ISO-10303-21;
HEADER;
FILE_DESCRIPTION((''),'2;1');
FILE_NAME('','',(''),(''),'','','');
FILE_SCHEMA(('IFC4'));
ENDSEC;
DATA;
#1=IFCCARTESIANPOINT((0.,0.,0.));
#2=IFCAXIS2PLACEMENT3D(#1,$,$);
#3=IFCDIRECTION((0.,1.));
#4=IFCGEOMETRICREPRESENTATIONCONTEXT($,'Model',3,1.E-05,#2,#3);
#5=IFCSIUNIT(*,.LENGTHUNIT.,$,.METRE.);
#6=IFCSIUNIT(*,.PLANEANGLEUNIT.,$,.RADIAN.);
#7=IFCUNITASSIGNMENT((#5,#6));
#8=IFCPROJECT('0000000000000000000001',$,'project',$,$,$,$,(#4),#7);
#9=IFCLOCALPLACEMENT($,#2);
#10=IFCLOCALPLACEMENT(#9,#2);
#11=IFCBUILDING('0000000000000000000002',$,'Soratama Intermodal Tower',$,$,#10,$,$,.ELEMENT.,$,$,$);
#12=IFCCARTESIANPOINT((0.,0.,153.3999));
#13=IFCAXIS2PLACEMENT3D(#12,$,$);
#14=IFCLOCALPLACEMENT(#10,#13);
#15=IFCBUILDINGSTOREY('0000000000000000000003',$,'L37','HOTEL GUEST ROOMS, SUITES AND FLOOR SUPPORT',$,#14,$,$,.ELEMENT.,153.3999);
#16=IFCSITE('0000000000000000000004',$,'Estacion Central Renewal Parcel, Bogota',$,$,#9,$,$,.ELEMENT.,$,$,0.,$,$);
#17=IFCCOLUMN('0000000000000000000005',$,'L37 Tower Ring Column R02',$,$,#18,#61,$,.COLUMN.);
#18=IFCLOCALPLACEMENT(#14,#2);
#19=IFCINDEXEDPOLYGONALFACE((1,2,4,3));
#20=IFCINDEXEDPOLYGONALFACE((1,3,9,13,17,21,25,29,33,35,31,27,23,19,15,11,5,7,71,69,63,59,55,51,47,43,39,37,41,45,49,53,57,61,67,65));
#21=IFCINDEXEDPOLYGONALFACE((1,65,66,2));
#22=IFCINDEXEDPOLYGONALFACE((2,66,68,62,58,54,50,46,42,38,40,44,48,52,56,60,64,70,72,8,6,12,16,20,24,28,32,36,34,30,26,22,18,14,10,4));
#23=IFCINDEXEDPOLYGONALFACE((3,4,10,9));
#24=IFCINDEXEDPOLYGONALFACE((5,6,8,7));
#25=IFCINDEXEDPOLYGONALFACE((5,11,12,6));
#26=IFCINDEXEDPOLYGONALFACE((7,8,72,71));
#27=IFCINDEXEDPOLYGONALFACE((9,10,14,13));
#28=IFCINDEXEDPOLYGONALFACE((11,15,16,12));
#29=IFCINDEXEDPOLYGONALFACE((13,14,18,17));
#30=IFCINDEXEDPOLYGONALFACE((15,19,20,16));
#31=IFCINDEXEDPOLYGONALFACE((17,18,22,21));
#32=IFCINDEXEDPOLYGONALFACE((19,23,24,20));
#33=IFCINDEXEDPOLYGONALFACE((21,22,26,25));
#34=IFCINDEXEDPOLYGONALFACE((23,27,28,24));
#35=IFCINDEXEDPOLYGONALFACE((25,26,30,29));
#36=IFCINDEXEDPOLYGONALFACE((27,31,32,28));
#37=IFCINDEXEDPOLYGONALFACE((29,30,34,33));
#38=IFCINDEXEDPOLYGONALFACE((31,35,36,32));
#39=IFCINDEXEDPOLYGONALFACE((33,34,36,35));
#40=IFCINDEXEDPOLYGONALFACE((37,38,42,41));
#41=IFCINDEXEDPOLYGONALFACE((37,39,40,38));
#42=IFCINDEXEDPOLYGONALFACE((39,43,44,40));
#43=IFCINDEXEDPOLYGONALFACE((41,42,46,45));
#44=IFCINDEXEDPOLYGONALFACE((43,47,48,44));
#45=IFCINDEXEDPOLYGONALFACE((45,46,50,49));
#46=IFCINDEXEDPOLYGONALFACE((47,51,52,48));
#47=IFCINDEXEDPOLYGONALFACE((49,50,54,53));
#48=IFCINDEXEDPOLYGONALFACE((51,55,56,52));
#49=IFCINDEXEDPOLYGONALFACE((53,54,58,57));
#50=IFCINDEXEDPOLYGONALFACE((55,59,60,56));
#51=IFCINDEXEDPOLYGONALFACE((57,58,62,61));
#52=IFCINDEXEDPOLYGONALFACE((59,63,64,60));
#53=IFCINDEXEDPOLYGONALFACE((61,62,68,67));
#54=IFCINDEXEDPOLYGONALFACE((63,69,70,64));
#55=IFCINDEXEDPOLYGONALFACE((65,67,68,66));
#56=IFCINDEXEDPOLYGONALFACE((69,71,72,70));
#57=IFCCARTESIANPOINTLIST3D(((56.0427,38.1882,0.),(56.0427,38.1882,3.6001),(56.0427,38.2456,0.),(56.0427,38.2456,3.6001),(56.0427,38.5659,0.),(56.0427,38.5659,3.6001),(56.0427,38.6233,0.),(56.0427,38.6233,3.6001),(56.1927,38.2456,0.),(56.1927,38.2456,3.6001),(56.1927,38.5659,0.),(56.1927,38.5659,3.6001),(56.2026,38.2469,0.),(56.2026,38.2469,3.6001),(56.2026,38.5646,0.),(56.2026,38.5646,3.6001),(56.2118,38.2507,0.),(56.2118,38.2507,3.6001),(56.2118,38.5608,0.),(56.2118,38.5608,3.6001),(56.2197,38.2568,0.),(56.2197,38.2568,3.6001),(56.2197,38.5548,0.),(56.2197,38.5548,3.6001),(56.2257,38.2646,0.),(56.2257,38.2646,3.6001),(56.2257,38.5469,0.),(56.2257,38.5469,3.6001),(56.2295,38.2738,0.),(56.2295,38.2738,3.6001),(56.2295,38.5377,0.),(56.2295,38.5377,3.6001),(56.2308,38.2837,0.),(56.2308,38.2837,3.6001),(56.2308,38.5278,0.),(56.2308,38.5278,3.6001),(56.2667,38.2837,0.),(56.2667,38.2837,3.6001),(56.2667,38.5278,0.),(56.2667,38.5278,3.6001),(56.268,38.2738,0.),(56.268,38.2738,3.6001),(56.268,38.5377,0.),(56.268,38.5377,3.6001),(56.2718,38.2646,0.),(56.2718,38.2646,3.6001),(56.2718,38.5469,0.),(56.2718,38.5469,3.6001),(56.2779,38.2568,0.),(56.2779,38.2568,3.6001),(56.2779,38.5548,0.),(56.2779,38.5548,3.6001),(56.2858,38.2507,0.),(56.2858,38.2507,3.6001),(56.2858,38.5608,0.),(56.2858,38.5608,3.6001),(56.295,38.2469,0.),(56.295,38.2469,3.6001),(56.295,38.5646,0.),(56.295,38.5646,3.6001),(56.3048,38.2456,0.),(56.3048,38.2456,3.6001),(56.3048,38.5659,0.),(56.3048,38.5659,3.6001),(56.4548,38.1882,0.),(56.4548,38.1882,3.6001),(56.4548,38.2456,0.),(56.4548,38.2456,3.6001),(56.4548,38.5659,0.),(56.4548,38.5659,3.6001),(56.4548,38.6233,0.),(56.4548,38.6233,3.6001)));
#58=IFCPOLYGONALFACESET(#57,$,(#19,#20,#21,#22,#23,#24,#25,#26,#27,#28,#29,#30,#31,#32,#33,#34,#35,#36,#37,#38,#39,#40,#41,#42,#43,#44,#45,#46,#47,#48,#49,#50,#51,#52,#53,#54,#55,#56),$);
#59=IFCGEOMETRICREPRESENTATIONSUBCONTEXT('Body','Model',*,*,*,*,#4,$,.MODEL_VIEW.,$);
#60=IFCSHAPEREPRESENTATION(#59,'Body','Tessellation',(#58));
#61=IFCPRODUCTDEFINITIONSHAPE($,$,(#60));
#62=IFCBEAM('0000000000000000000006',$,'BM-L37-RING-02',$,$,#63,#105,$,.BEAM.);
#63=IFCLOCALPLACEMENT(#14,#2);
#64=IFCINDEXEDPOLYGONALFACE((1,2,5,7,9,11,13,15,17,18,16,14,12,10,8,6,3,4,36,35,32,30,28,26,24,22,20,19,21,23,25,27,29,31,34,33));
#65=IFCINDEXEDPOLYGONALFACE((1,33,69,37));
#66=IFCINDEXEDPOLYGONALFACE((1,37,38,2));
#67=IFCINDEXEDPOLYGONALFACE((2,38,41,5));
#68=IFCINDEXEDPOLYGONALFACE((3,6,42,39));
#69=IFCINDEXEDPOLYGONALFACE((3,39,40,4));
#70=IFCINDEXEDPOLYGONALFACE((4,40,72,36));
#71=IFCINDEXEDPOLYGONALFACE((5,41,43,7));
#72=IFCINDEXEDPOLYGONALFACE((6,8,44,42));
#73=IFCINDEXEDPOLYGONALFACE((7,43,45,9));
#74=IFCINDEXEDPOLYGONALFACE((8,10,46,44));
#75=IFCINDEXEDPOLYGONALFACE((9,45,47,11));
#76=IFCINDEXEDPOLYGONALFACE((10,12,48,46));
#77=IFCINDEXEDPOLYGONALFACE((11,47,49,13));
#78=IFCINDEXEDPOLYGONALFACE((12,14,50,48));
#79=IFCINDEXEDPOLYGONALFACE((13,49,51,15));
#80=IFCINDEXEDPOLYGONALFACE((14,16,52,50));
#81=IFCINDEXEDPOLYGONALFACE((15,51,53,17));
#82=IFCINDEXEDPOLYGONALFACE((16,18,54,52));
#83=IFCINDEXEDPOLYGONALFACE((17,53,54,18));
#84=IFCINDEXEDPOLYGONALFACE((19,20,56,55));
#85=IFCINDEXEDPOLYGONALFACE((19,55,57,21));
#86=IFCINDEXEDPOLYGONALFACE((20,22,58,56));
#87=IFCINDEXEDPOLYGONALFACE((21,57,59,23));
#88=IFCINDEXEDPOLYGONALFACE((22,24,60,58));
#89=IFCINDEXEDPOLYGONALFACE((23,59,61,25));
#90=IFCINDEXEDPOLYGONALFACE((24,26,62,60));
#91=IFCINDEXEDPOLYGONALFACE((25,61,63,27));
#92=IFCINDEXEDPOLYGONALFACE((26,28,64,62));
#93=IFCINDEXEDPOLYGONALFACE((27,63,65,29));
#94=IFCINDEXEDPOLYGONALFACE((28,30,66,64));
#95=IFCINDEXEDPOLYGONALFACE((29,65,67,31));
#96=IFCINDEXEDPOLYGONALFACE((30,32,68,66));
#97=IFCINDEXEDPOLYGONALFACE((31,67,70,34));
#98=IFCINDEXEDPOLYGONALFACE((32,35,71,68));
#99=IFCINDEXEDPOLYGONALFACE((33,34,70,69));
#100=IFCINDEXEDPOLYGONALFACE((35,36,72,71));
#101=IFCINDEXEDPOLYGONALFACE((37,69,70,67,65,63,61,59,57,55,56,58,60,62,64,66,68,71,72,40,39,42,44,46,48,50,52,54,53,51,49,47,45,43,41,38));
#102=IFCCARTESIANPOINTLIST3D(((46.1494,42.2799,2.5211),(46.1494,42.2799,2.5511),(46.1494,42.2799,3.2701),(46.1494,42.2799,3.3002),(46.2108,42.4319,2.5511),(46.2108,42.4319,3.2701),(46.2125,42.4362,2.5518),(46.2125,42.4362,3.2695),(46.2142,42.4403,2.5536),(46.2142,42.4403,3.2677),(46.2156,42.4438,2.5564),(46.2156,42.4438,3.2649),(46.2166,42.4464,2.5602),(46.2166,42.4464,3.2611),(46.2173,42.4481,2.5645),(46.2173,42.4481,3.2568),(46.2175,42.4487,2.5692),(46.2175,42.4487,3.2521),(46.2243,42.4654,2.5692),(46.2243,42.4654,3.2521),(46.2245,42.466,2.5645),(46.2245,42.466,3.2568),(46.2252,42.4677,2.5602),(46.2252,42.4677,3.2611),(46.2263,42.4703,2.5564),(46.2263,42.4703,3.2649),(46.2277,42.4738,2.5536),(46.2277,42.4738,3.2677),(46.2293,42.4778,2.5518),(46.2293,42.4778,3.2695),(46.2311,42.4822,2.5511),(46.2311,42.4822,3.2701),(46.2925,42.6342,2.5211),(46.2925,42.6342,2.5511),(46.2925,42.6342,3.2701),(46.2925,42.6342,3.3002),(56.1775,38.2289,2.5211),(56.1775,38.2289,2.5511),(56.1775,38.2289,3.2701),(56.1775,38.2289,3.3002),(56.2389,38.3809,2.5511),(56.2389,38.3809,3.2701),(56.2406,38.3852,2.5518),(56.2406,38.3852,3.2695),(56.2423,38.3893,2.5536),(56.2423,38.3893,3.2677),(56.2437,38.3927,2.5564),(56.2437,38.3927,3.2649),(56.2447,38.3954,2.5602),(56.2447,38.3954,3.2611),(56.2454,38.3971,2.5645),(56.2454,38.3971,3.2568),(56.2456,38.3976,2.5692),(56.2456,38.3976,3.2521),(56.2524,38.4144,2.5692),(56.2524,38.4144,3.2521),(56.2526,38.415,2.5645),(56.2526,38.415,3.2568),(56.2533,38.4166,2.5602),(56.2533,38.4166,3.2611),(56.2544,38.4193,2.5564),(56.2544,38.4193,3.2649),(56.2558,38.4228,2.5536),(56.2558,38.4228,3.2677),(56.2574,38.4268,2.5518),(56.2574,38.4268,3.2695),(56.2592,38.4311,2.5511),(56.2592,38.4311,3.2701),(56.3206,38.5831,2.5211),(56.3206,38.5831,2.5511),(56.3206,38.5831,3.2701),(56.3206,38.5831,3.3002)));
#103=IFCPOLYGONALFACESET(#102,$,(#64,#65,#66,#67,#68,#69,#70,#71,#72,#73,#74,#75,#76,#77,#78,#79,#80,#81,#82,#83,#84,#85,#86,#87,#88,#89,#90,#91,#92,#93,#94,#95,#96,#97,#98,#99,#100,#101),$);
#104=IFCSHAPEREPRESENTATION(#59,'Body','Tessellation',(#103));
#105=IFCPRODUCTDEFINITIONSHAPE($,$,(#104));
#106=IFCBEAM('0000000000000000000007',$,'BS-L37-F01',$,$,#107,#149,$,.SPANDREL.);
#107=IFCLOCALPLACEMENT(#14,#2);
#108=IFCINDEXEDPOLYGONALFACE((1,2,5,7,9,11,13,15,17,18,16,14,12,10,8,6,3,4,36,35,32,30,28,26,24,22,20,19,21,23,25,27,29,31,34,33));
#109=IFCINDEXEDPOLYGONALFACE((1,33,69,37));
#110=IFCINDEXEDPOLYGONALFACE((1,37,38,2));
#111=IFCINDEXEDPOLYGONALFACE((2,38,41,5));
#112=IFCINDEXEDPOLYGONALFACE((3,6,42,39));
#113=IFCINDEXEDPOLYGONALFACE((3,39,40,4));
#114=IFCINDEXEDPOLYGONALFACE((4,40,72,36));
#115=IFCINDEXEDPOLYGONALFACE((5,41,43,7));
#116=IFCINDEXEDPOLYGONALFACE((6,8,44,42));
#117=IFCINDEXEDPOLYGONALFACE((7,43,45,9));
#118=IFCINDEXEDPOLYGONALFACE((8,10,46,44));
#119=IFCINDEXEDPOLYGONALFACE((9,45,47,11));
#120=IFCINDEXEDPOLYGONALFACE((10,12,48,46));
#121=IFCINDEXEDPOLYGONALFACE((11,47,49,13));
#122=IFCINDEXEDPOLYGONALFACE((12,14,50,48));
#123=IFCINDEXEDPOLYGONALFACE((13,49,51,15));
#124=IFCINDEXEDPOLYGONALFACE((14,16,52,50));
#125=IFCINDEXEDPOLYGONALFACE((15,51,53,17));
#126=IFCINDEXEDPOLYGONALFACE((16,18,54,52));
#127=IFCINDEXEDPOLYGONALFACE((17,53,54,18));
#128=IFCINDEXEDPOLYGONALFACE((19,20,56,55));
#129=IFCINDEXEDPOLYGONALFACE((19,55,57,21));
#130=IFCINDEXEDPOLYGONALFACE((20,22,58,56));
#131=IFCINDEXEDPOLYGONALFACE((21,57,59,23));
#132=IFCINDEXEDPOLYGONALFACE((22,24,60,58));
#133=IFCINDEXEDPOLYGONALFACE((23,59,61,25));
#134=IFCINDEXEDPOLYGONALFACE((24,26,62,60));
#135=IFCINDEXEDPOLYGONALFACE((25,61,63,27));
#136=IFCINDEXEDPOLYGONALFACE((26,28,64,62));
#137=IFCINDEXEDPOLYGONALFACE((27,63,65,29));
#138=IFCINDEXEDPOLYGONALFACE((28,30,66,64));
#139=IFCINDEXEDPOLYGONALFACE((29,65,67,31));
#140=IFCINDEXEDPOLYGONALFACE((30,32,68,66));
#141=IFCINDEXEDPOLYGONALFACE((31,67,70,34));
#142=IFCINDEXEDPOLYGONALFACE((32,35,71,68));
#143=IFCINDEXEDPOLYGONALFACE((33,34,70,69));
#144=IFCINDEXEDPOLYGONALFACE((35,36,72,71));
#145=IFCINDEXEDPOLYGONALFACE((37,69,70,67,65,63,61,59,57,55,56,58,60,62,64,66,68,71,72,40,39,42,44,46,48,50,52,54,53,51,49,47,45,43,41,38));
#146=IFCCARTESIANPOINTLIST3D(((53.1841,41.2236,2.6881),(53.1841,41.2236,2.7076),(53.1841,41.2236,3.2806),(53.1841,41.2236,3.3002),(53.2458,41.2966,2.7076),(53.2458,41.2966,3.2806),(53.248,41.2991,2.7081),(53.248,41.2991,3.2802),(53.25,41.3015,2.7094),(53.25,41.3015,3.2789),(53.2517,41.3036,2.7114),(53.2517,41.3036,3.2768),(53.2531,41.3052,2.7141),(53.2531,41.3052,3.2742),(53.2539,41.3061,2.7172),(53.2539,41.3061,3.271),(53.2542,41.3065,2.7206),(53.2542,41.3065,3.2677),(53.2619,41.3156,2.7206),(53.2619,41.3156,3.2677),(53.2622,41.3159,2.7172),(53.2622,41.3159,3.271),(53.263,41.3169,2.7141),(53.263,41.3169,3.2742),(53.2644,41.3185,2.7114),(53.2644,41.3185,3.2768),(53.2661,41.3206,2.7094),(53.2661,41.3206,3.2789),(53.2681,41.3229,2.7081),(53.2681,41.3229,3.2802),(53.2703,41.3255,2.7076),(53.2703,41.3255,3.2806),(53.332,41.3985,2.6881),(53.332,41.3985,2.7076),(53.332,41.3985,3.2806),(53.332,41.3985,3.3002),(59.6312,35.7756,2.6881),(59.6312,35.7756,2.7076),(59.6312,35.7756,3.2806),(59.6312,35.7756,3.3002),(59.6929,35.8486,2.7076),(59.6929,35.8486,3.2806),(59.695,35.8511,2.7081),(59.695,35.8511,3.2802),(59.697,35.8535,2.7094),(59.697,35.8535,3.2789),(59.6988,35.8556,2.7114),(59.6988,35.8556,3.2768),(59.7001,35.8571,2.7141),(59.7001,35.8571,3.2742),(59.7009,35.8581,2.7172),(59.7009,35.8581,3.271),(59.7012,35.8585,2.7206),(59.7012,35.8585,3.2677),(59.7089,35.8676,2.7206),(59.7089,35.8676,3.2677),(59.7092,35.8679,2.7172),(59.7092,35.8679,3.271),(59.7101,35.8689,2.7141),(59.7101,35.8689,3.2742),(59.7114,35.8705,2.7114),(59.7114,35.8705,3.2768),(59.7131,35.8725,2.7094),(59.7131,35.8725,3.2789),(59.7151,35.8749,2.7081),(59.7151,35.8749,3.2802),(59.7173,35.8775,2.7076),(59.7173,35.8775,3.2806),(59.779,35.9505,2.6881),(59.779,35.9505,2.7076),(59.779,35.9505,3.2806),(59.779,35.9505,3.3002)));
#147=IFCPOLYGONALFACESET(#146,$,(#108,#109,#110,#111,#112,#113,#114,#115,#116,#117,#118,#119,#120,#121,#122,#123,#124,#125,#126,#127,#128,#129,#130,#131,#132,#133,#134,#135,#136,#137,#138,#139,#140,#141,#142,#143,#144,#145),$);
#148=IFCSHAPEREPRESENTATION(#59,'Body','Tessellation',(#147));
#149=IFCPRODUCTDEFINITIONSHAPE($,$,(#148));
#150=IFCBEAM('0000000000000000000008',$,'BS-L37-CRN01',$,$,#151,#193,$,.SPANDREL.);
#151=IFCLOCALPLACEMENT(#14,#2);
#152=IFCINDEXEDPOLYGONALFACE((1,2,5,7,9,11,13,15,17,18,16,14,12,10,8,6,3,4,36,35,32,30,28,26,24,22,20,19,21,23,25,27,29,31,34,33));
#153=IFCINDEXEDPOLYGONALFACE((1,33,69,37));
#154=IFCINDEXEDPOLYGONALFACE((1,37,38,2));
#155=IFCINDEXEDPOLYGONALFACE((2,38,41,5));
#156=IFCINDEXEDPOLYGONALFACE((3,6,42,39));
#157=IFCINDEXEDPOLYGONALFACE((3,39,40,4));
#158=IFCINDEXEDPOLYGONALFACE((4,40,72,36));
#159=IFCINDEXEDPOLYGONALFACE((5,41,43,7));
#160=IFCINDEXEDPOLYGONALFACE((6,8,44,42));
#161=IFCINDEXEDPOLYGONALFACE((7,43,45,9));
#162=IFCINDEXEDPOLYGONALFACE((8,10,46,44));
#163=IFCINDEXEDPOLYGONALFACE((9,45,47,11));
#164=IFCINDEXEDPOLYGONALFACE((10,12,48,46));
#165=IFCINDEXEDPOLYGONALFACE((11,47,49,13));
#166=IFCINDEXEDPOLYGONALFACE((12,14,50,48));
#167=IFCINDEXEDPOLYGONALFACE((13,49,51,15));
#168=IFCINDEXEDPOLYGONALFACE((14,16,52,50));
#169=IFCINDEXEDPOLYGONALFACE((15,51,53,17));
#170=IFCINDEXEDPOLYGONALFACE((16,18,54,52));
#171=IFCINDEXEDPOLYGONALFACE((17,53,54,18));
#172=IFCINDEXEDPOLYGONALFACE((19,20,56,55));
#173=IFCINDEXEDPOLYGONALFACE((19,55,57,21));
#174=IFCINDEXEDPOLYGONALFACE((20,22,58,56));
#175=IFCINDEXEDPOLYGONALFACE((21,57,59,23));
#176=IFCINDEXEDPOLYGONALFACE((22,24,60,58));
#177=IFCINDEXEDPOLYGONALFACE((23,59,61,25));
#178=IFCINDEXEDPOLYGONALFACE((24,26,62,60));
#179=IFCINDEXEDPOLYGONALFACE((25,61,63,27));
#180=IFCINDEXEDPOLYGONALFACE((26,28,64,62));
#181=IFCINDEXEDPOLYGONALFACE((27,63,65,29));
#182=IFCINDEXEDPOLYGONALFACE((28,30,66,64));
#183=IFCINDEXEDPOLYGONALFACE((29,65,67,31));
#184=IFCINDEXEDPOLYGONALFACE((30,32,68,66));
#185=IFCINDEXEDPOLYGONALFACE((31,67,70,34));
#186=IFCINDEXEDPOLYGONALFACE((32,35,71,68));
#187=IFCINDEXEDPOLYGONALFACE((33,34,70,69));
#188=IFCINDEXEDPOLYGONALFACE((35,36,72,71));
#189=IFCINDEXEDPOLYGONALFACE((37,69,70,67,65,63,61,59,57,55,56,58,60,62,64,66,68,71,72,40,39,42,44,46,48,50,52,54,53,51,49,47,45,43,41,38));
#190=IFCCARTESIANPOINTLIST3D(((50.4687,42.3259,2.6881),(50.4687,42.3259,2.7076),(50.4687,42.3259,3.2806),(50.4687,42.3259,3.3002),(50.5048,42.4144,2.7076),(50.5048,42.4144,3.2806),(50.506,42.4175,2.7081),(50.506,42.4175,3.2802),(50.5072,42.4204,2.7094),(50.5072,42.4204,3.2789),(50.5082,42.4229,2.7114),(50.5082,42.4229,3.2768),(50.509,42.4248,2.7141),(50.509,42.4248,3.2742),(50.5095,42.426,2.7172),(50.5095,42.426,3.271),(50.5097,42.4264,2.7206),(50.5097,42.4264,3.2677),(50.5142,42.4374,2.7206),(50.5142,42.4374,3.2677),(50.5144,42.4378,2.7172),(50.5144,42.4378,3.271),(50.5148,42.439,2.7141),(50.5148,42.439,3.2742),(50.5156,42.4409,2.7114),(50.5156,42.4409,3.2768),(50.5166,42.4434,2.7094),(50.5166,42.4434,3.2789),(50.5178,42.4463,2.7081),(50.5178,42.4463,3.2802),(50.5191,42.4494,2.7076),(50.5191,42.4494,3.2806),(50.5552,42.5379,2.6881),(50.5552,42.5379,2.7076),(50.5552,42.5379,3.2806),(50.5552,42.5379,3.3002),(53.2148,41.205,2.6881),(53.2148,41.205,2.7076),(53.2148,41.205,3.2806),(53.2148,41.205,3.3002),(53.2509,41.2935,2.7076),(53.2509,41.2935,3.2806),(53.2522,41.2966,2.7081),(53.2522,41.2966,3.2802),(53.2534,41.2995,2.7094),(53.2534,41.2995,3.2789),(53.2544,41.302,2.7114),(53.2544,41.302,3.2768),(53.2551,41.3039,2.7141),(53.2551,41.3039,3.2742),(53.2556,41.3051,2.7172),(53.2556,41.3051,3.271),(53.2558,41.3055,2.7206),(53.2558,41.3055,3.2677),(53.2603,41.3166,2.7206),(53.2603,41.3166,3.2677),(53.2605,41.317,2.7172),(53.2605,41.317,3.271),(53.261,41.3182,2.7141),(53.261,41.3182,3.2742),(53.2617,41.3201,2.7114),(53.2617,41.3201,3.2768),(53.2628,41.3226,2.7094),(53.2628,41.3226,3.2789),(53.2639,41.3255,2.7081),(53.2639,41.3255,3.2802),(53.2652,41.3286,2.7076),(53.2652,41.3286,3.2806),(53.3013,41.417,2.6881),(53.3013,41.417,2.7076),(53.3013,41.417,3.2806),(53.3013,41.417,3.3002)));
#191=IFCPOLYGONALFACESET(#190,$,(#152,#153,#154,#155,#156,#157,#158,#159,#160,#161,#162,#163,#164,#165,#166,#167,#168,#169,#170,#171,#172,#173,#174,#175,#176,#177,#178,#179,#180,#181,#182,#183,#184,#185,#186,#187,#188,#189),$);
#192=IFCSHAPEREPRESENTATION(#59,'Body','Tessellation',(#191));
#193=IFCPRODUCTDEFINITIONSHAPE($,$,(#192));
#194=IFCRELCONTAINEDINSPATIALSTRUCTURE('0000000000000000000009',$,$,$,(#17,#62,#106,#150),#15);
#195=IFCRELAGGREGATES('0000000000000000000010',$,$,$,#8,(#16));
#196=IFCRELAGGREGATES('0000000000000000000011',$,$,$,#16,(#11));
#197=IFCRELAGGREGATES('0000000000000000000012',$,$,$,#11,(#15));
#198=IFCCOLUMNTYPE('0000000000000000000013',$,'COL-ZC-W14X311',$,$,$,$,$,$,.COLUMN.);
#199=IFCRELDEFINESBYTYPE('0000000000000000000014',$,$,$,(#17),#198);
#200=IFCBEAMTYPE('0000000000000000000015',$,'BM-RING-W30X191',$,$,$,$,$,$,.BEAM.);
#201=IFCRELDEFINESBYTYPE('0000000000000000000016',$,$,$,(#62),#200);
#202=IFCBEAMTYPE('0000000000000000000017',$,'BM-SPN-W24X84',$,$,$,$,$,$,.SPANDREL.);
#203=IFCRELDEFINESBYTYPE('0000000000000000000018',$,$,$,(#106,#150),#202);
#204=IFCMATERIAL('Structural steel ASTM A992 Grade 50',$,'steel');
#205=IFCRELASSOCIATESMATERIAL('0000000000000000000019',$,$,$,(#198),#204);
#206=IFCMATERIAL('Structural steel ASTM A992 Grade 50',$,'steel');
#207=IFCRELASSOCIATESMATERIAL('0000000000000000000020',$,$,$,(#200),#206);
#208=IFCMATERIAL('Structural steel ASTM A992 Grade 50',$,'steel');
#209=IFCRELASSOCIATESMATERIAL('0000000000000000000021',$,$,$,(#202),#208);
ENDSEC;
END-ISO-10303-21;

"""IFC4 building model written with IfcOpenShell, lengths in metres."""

from ifc_helpers import new_model, si_unit, direction, frame, origin, origin_2d, place, context, subcontext, project, spatial, i_section, extrude, material, material_profile, profile_set, type_object, element, save


model = new_model("IFC4")

# Units and contexts
model_context = context("Model", 3, precision=1e-05, world=origin(), true_north=direction((0.0, 1.0)))
body_context = subcontext(model_context, "Body", "Model", "MODEL_VIEW")
ifc_project = project(units=[si_unit("LENGTHUNIT", "METRE"), si_unit("PLANEANGLEUNIT", "RADIAN")], contexts=[model_context])

# Site, building, storey
site_placement = place(None, origin())
site = spatial("IfcSite", under=ifc_project, at=site_placement, Name="Estacion Central Renewal Parcel, Bogota", CompositionType="ELEMENT", RefElevation=0.0)
building_placement = place(site_placement, origin())
building = spatial("IfcBuilding", under=site, at=building_placement, Name="Soratama Intermodal Tower", CompositionType="ELEMENT")
storey_placement = place(building_placement, frame((0.0, 0.0, 153.3999)))
storey = spatial("IfcBuildingStorey", under=building, at=storey_placement, Name="L37", Description="HOTEL GUEST ROOMS, SUITES AND FLOOR SUPPORT", CompositionType="ELEMENT", Elevation=153.3999)

# Column
ifc_material_1 = material(Name="Structural steel ASTM A992 Grade 50", Category="steel")
ifc_material_profile_1 = material_profile(ifc_material_1, i_section(OverallWidth=0.4121, OverallDepth=0.4351, WebThickness=0.0359, FlangeThickness=0.0574, FilletRadius=0.0381, at=origin_2d()), Name="W14X311")
ifc_profile_set_1 = profile_set([ifc_material_profile_1], Name="Structural steel ASTM A992 Grade 50")
column_type = type_object("IfcColumnType", Name="COL-ZC-W14X311", PredefinedType="COLUMN", material=ifc_profile_set_1)
column_placement = place(storey_placement, frame((56.2488, 38.4058, 0.0), z_axis=(0.0, 0.0, 1.0), x_axis=(1.0, 0.0, 0.0)))
element("IfcColumn", 1, at=column_placement, inside=storey, type_object=column_type, Name="L37 Tower Ring Column R02", PredefinedType="COLUMN", context=body_context, shape_type="SweptSolid", body=[
    extrude(i_section(OverallWidth=0.4121, OverallDepth=0.4351, WebThickness=0.0359, FlangeThickness=0.0574, FilletRadius=0.0381, at=origin_2d()), origin(), (0.0, 0.0, 1.0), 3.6001),
])

# Beams
ifc_material_2 = material(Name="Structural steel ASTM A992 Grade 50", Category="steel")
ifc_material_profile_2 = material_profile(ifc_material_2, i_section(OverallWidth=0.3821, OverallDepth=0.7791, WebThickness=0.0181, FlangeThickness=0.03, FilletRadius=0.0181, at=origin_2d()), Name="W30X191")
ifc_profile_set_2 = profile_set([ifc_material_profile_2], Name="Structural steel ASTM A992 Grade 50")
beam_type_1 = type_object("IfcBeamType", Name="BM-RING-W30X191", PredefinedType="BEAM", material=ifc_profile_set_2)
beam_1_placement = place(storey_placement, frame((56.249, 38.406, 2.9106), z_axis=(-0.927202, 0.37456, 0.0), x_axis=(-0.37456, -0.927202, 0.0)))
element("IfcBeam", 2, at=beam_1_placement, inside=storey, type_object=beam_type_1, Name="BM-L37-RING-02", PredefinedType="BEAM", context=body_context, shape_type="SweptSolid", body=[
    extrude(i_section(OverallWidth=0.3821, OverallDepth=0.7791, WebThickness=0.0181, FlangeThickness=0.03, FilletRadius=0.0181, at=origin_2d()), origin(), (0.0, 0.0, 1.0), 10.8154),
])
ifc_material_3 = material(Name="Structural steel ASTM A992 Grade 50", Category="steel")
ifc_material_profile_3 = material_profile(ifc_material_3, i_section(OverallWidth=0.229, OverallDepth=0.6121, WebThickness=0.012, FlangeThickness=0.0195, FilletRadius=0.0129, at=origin_2d()), Name="W24X84")
ifc_profile_set_3 = profile_set([ifc_material_profile_3], Name="Structural steel ASTM A992 Grade 50")
beam_type_2 = type_object("IfcBeamType", Name="BM-SPN-W24X84", PredefinedType="SPANDREL", material=ifc_profile_set_3)
beam_2_placement = place(storey_placement, frame((59.7051, 35.863, 2.9941), z_axis=(-0.763805, 0.645447, 0.0), x_axis=(-0.645447, -0.763805, 0.0)))
element("IfcBeam", 3, at=beam_2_placement, inside=storey, type_object=beam_type_2, Name="BS-L37-F01", PredefinedType="SPANDREL", context=body_context, shape_type="SweptSolid", body=[
    extrude(i_section(OverallWidth=0.229, OverallDepth=0.6121, WebThickness=0.012, FlangeThickness=0.0195, FilletRadius=0.0129, at=origin_2d()), origin(), (0.0, 0.0, 1.0), 8.4407),
])
beam_3_placement = place(storey_placement, frame((53.2581, 41.311, 2.9941), z_axis=(-0.925848, 0.377896, 0.0), x_axis=(-0.377896, -0.925848, 0.0)))
element("IfcBeam", 4, at=beam_3_placement, inside=storey, type_object=beam_type_2, Name="BS-L37-CRN01", PredefinedType="SPANDREL", context=body_context, shape_type="SweptSolid", body=[
    extrude(i_section(OverallWidth=0.229, OverallDepth=0.6121, WebThickness=0.012, FlangeThickness=0.0195, FilletRadius=0.0129, at=origin_2d()), origin(), (0.0, 0.0, 1.0), 2.9661),
])

save(model, "model.ifc")
